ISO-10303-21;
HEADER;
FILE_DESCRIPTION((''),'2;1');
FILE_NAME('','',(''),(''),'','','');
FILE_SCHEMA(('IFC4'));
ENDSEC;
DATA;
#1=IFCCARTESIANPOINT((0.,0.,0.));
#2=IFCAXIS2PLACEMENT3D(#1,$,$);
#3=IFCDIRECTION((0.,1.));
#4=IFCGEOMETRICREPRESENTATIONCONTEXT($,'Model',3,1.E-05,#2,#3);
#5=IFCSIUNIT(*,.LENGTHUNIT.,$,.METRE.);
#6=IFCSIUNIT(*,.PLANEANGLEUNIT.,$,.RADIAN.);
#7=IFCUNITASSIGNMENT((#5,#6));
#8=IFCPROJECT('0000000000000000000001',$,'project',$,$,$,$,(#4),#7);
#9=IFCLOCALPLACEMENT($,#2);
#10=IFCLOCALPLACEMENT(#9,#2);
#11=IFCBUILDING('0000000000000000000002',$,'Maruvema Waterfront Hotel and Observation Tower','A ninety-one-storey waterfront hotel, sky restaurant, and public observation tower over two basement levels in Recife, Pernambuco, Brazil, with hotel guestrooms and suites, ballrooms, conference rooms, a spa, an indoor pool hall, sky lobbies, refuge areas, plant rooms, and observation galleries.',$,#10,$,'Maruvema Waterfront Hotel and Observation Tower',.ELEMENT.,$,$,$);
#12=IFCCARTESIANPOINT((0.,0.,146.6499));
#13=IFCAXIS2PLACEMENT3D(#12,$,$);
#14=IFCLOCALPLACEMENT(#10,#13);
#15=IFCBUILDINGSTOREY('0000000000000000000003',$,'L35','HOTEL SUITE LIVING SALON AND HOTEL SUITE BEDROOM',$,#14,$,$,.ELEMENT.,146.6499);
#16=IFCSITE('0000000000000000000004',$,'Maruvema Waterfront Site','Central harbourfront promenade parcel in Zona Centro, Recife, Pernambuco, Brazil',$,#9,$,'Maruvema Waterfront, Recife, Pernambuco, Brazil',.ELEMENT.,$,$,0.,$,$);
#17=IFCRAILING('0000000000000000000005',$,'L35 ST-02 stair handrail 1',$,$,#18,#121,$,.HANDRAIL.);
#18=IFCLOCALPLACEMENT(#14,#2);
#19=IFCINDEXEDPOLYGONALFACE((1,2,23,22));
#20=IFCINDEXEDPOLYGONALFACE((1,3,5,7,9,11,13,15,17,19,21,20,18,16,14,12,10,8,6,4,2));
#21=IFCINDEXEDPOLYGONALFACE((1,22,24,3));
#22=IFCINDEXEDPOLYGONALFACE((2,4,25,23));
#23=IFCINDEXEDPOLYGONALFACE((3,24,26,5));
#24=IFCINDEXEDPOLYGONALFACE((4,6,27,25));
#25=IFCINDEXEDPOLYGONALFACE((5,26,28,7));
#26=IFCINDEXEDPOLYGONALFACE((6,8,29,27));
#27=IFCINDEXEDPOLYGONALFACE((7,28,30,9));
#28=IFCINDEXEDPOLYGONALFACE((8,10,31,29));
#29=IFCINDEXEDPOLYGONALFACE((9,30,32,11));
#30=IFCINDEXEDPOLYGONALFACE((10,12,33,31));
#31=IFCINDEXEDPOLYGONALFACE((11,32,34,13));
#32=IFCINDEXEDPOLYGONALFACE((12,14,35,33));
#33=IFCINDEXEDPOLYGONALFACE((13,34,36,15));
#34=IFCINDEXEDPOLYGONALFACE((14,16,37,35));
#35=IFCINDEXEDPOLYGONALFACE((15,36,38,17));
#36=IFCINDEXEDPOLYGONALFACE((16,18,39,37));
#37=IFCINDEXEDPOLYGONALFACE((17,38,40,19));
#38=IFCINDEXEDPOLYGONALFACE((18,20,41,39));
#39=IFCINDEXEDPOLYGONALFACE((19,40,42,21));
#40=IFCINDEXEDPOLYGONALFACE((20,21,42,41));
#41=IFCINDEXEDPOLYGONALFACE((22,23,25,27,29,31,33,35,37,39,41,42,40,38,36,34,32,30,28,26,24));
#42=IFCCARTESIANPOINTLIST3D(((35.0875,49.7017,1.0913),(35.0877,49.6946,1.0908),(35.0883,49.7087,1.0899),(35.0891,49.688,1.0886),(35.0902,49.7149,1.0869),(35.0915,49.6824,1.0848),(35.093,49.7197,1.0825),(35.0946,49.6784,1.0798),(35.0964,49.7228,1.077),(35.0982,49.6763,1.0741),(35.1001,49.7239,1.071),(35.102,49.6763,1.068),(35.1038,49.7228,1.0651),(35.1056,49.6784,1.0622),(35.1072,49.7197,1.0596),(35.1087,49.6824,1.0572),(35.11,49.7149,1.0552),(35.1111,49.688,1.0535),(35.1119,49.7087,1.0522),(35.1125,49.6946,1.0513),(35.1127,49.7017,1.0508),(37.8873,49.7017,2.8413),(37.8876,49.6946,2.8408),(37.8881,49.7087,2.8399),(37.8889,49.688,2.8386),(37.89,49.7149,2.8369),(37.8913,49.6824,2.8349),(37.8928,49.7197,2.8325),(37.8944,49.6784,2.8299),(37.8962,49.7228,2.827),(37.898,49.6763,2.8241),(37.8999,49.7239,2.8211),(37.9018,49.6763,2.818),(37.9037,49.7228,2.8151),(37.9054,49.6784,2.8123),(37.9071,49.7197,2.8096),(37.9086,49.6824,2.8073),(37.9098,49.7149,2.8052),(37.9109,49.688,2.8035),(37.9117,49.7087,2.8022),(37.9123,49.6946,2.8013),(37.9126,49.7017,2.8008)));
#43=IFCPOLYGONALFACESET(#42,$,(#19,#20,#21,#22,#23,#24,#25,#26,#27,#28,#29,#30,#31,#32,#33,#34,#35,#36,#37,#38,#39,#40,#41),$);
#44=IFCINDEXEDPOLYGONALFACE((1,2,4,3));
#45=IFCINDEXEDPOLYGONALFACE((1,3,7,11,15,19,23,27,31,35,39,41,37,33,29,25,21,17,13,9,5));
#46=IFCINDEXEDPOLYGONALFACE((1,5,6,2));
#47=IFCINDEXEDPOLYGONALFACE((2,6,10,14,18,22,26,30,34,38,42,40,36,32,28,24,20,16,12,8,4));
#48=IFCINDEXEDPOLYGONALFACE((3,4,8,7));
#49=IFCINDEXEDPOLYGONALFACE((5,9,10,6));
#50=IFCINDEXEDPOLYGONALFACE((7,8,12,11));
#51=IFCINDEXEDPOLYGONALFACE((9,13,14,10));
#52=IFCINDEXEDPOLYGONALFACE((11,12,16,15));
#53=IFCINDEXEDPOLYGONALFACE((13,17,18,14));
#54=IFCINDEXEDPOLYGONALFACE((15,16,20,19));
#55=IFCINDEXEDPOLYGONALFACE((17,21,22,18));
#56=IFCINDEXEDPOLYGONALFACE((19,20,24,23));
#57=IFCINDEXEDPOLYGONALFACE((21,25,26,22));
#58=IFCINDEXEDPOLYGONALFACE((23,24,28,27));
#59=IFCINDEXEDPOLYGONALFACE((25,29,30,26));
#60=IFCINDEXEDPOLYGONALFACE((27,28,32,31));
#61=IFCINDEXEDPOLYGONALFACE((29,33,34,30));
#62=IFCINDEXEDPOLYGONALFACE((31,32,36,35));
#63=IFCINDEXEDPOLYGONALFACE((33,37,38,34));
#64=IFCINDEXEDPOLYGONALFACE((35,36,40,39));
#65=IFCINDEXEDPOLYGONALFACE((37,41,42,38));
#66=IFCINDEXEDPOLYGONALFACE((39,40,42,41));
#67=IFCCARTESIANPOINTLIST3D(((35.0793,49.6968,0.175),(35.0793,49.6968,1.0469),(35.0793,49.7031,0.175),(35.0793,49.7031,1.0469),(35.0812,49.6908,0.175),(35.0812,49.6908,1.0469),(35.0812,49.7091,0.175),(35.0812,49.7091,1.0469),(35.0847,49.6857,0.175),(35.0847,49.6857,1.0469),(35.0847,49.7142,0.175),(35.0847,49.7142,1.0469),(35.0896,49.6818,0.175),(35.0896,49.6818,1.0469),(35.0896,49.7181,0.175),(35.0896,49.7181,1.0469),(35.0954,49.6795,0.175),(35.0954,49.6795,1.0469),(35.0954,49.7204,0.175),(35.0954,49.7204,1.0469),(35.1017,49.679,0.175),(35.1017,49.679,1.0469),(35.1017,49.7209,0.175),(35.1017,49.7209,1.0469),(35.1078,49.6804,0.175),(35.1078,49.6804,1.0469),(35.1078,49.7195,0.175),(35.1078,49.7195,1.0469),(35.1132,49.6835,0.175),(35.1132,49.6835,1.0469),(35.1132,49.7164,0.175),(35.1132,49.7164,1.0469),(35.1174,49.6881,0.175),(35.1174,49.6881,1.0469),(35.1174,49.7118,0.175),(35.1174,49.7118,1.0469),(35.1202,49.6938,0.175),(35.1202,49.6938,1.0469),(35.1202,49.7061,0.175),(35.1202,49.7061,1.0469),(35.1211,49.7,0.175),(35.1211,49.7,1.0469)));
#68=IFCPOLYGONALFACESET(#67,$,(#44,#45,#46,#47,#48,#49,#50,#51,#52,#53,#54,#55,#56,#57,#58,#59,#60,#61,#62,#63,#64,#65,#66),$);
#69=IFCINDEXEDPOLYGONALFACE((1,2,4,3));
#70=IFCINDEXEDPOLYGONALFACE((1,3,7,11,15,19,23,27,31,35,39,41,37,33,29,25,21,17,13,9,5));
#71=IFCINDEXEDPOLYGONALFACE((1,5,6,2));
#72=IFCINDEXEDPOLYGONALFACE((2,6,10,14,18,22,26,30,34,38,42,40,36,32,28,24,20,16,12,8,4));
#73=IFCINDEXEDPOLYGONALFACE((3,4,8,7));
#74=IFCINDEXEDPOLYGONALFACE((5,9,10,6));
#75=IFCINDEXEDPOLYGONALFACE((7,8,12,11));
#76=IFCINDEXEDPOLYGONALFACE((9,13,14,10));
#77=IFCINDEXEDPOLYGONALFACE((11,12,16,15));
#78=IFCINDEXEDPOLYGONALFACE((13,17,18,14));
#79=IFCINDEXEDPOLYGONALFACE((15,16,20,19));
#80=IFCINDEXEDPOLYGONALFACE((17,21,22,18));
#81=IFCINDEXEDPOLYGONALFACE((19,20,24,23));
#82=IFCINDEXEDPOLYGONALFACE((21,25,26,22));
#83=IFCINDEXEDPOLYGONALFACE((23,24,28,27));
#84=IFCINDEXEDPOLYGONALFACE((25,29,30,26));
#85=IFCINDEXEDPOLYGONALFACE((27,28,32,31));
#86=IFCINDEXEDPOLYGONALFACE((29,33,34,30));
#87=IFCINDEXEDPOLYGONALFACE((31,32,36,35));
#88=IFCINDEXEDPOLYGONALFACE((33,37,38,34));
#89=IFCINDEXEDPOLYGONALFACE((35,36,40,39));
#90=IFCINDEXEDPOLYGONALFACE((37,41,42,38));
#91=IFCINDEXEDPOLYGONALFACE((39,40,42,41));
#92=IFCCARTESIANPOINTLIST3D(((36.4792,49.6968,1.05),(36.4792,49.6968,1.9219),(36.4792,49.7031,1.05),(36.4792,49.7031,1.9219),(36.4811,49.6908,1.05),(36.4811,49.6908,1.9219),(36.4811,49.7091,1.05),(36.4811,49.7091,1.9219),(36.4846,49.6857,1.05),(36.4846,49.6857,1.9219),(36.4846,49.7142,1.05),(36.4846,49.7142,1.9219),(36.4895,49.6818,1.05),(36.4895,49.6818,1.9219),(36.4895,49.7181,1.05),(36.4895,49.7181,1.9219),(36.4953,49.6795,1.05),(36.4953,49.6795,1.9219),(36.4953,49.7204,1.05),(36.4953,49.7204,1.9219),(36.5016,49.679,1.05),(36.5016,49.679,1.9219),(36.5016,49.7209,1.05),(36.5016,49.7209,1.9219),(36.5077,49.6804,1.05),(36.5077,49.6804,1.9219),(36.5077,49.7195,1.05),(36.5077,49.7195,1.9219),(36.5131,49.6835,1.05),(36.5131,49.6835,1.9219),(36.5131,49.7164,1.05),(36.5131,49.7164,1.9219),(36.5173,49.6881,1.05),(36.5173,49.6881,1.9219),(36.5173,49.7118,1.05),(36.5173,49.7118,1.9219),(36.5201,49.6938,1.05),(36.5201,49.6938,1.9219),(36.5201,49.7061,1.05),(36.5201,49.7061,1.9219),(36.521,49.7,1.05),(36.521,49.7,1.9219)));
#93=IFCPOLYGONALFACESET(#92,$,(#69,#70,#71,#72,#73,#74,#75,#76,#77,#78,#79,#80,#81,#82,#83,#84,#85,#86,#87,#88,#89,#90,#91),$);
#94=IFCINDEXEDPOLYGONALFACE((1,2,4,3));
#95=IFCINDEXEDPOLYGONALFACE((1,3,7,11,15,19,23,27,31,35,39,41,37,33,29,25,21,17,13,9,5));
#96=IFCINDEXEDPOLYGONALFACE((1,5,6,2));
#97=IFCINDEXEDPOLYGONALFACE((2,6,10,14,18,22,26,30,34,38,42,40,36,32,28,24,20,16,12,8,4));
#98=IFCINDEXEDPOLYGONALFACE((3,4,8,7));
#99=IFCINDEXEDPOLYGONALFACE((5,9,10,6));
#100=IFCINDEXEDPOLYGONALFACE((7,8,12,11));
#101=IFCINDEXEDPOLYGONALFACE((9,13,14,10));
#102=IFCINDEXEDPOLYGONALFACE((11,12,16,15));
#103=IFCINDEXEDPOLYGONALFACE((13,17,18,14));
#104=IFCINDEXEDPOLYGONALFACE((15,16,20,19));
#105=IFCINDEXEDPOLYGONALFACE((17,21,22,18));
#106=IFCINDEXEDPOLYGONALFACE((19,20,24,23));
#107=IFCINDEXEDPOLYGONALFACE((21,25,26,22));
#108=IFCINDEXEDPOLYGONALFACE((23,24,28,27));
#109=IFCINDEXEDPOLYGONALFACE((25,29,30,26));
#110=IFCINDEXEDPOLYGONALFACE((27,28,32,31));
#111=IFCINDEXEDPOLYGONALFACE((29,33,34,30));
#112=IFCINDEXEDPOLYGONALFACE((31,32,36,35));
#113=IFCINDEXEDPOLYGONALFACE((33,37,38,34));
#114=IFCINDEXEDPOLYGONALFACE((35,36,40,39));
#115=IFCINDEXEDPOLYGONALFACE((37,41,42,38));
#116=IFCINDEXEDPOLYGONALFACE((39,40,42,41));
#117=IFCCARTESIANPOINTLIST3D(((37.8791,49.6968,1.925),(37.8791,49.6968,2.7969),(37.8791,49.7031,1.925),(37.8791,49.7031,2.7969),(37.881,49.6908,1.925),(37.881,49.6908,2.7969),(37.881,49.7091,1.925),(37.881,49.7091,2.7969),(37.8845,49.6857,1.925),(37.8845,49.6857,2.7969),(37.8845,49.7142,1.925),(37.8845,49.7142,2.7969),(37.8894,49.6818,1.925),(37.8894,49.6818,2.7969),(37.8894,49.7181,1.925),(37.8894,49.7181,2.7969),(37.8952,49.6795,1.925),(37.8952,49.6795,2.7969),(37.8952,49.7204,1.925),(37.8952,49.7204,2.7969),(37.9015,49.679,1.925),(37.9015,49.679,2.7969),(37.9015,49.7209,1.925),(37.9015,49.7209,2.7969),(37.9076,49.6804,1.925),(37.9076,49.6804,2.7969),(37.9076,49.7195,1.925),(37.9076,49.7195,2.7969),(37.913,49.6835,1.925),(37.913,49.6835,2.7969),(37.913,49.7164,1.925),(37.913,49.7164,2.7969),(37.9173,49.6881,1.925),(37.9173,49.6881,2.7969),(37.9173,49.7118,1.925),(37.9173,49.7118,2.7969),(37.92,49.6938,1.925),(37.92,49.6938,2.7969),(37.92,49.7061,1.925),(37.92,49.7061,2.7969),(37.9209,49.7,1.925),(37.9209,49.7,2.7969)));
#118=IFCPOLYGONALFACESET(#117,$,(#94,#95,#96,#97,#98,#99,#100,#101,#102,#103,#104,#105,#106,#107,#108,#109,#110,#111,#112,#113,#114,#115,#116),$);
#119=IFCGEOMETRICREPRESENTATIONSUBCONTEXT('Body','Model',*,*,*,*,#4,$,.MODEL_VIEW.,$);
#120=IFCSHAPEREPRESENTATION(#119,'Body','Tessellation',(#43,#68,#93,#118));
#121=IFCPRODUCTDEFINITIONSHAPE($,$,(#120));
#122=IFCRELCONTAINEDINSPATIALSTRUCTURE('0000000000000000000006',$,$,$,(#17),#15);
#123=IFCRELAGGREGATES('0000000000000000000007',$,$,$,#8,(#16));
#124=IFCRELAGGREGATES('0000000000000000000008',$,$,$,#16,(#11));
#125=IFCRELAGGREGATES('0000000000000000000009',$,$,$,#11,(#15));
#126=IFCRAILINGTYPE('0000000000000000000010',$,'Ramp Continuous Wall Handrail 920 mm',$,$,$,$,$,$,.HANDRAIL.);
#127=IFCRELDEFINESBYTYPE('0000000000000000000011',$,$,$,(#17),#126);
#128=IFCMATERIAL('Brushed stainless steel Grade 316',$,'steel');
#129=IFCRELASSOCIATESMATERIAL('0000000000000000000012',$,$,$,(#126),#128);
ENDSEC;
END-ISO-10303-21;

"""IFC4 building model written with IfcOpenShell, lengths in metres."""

from ifc_helpers import new_model, si_unit, direction, frame, origin, origin_2d, place, context, subcontext, project, spatial, circle, extrude, material, type_object, element, save


model = new_model("IFC4")

# Units and contexts
model_context = context("Model", 3, precision=1e-05, world=origin(), true_north=direction((0.0, 1.0)))
body_context = subcontext(model_context, "Body", "Model", "MODEL_VIEW")
ifc_project = project(units=[si_unit("LENGTHUNIT", "METRE"), si_unit("PLANEANGLEUNIT", "RADIAN")], contexts=[model_context])

# Site, building, storey
site_placement = place(None, origin())
site = spatial("IfcSite", under=ifc_project, at=site_placement, Name="Maruvema Waterfront Site", Description="Central harbourfront promenade parcel in Zona Centro, Recife, Pernambuco, Brazil", LongName="Maruvema Waterfront, Recife, Pernambuco, Brazil", CompositionType="ELEMENT", RefElevation=0.0)
building_placement = place(site_placement, origin())
building = spatial("IfcBuilding", under=site, at=building_placement, Name="Maruvema Waterfront Hotel and Observation Tower", Description="A ninety-one-storey waterfront hotel, sky restaurant, and public observation tower over two basement levels in Recife, Pernambuco, Brazil, with hotel guestrooms and suites, ballrooms, conference rooms, a spa, an indoor pool hall, sky lobbies, refuge areas, plant rooms, and observation galleries.", LongName="Maruvema Waterfront Hotel and Observation Tower", CompositionType="ELEMENT")
storey_placement = place(building_placement, frame((0.0, 0.0, 146.6499)))
storey = spatial("IfcBuildingStorey", under=building, at=storey_placement, Name="L35", Description="HOTEL SUITE LIVING SALON AND HOTEL SUITE BEDROOM", CompositionType="ELEMENT", Elevation=146.6499)

# Railing
ifc_material_1 = material(Name="Brushed stainless steel Grade 316", Category="steel")
railing_type_1 = type_object("IfcRailingType", Name="Ramp Continuous Wall Handrail 920 mm", PredefinedType="HANDRAIL", material=ifc_material_1)
railing_1_placement = place(storey_placement, frame((35.1001, 49.7, 0.175)))
element("IfcRailing", 1, at=railing_1_placement, inside=storey, type_object=railing_type_1, Name="L35 ST-02 stair handrail 1", PredefinedType="HANDRAIL", context=body_context, shape_type="SweptSolid", body=[
    extrude(circle(Radius=0.0239, at=origin_2d()), frame((0.0, 0.0, 0.896), z_axis=(0.847982, 0.0, 0.530026), x_axis=(0.0, 1.0, 0.0)), (0.0, 0.0, 1.0), 3.3018),
    extrude(circle(Radius=0.021, at=origin_2d()), origin(), (0.0, 0.0, 1.0), 0.8718),
    extrude(circle(Radius=0.021, at=origin_2d()), frame((1.3999, 0.0, 0.875)), (0.0, 0.0, 1.0), 0.8718),
    extrude(circle(Radius=0.021, at=origin_2d()), frame((2.7998, 0.0, 1.75)), (0.0, 0.0, 1.0), 0.8718),
])

save(model, "model.ifc")
